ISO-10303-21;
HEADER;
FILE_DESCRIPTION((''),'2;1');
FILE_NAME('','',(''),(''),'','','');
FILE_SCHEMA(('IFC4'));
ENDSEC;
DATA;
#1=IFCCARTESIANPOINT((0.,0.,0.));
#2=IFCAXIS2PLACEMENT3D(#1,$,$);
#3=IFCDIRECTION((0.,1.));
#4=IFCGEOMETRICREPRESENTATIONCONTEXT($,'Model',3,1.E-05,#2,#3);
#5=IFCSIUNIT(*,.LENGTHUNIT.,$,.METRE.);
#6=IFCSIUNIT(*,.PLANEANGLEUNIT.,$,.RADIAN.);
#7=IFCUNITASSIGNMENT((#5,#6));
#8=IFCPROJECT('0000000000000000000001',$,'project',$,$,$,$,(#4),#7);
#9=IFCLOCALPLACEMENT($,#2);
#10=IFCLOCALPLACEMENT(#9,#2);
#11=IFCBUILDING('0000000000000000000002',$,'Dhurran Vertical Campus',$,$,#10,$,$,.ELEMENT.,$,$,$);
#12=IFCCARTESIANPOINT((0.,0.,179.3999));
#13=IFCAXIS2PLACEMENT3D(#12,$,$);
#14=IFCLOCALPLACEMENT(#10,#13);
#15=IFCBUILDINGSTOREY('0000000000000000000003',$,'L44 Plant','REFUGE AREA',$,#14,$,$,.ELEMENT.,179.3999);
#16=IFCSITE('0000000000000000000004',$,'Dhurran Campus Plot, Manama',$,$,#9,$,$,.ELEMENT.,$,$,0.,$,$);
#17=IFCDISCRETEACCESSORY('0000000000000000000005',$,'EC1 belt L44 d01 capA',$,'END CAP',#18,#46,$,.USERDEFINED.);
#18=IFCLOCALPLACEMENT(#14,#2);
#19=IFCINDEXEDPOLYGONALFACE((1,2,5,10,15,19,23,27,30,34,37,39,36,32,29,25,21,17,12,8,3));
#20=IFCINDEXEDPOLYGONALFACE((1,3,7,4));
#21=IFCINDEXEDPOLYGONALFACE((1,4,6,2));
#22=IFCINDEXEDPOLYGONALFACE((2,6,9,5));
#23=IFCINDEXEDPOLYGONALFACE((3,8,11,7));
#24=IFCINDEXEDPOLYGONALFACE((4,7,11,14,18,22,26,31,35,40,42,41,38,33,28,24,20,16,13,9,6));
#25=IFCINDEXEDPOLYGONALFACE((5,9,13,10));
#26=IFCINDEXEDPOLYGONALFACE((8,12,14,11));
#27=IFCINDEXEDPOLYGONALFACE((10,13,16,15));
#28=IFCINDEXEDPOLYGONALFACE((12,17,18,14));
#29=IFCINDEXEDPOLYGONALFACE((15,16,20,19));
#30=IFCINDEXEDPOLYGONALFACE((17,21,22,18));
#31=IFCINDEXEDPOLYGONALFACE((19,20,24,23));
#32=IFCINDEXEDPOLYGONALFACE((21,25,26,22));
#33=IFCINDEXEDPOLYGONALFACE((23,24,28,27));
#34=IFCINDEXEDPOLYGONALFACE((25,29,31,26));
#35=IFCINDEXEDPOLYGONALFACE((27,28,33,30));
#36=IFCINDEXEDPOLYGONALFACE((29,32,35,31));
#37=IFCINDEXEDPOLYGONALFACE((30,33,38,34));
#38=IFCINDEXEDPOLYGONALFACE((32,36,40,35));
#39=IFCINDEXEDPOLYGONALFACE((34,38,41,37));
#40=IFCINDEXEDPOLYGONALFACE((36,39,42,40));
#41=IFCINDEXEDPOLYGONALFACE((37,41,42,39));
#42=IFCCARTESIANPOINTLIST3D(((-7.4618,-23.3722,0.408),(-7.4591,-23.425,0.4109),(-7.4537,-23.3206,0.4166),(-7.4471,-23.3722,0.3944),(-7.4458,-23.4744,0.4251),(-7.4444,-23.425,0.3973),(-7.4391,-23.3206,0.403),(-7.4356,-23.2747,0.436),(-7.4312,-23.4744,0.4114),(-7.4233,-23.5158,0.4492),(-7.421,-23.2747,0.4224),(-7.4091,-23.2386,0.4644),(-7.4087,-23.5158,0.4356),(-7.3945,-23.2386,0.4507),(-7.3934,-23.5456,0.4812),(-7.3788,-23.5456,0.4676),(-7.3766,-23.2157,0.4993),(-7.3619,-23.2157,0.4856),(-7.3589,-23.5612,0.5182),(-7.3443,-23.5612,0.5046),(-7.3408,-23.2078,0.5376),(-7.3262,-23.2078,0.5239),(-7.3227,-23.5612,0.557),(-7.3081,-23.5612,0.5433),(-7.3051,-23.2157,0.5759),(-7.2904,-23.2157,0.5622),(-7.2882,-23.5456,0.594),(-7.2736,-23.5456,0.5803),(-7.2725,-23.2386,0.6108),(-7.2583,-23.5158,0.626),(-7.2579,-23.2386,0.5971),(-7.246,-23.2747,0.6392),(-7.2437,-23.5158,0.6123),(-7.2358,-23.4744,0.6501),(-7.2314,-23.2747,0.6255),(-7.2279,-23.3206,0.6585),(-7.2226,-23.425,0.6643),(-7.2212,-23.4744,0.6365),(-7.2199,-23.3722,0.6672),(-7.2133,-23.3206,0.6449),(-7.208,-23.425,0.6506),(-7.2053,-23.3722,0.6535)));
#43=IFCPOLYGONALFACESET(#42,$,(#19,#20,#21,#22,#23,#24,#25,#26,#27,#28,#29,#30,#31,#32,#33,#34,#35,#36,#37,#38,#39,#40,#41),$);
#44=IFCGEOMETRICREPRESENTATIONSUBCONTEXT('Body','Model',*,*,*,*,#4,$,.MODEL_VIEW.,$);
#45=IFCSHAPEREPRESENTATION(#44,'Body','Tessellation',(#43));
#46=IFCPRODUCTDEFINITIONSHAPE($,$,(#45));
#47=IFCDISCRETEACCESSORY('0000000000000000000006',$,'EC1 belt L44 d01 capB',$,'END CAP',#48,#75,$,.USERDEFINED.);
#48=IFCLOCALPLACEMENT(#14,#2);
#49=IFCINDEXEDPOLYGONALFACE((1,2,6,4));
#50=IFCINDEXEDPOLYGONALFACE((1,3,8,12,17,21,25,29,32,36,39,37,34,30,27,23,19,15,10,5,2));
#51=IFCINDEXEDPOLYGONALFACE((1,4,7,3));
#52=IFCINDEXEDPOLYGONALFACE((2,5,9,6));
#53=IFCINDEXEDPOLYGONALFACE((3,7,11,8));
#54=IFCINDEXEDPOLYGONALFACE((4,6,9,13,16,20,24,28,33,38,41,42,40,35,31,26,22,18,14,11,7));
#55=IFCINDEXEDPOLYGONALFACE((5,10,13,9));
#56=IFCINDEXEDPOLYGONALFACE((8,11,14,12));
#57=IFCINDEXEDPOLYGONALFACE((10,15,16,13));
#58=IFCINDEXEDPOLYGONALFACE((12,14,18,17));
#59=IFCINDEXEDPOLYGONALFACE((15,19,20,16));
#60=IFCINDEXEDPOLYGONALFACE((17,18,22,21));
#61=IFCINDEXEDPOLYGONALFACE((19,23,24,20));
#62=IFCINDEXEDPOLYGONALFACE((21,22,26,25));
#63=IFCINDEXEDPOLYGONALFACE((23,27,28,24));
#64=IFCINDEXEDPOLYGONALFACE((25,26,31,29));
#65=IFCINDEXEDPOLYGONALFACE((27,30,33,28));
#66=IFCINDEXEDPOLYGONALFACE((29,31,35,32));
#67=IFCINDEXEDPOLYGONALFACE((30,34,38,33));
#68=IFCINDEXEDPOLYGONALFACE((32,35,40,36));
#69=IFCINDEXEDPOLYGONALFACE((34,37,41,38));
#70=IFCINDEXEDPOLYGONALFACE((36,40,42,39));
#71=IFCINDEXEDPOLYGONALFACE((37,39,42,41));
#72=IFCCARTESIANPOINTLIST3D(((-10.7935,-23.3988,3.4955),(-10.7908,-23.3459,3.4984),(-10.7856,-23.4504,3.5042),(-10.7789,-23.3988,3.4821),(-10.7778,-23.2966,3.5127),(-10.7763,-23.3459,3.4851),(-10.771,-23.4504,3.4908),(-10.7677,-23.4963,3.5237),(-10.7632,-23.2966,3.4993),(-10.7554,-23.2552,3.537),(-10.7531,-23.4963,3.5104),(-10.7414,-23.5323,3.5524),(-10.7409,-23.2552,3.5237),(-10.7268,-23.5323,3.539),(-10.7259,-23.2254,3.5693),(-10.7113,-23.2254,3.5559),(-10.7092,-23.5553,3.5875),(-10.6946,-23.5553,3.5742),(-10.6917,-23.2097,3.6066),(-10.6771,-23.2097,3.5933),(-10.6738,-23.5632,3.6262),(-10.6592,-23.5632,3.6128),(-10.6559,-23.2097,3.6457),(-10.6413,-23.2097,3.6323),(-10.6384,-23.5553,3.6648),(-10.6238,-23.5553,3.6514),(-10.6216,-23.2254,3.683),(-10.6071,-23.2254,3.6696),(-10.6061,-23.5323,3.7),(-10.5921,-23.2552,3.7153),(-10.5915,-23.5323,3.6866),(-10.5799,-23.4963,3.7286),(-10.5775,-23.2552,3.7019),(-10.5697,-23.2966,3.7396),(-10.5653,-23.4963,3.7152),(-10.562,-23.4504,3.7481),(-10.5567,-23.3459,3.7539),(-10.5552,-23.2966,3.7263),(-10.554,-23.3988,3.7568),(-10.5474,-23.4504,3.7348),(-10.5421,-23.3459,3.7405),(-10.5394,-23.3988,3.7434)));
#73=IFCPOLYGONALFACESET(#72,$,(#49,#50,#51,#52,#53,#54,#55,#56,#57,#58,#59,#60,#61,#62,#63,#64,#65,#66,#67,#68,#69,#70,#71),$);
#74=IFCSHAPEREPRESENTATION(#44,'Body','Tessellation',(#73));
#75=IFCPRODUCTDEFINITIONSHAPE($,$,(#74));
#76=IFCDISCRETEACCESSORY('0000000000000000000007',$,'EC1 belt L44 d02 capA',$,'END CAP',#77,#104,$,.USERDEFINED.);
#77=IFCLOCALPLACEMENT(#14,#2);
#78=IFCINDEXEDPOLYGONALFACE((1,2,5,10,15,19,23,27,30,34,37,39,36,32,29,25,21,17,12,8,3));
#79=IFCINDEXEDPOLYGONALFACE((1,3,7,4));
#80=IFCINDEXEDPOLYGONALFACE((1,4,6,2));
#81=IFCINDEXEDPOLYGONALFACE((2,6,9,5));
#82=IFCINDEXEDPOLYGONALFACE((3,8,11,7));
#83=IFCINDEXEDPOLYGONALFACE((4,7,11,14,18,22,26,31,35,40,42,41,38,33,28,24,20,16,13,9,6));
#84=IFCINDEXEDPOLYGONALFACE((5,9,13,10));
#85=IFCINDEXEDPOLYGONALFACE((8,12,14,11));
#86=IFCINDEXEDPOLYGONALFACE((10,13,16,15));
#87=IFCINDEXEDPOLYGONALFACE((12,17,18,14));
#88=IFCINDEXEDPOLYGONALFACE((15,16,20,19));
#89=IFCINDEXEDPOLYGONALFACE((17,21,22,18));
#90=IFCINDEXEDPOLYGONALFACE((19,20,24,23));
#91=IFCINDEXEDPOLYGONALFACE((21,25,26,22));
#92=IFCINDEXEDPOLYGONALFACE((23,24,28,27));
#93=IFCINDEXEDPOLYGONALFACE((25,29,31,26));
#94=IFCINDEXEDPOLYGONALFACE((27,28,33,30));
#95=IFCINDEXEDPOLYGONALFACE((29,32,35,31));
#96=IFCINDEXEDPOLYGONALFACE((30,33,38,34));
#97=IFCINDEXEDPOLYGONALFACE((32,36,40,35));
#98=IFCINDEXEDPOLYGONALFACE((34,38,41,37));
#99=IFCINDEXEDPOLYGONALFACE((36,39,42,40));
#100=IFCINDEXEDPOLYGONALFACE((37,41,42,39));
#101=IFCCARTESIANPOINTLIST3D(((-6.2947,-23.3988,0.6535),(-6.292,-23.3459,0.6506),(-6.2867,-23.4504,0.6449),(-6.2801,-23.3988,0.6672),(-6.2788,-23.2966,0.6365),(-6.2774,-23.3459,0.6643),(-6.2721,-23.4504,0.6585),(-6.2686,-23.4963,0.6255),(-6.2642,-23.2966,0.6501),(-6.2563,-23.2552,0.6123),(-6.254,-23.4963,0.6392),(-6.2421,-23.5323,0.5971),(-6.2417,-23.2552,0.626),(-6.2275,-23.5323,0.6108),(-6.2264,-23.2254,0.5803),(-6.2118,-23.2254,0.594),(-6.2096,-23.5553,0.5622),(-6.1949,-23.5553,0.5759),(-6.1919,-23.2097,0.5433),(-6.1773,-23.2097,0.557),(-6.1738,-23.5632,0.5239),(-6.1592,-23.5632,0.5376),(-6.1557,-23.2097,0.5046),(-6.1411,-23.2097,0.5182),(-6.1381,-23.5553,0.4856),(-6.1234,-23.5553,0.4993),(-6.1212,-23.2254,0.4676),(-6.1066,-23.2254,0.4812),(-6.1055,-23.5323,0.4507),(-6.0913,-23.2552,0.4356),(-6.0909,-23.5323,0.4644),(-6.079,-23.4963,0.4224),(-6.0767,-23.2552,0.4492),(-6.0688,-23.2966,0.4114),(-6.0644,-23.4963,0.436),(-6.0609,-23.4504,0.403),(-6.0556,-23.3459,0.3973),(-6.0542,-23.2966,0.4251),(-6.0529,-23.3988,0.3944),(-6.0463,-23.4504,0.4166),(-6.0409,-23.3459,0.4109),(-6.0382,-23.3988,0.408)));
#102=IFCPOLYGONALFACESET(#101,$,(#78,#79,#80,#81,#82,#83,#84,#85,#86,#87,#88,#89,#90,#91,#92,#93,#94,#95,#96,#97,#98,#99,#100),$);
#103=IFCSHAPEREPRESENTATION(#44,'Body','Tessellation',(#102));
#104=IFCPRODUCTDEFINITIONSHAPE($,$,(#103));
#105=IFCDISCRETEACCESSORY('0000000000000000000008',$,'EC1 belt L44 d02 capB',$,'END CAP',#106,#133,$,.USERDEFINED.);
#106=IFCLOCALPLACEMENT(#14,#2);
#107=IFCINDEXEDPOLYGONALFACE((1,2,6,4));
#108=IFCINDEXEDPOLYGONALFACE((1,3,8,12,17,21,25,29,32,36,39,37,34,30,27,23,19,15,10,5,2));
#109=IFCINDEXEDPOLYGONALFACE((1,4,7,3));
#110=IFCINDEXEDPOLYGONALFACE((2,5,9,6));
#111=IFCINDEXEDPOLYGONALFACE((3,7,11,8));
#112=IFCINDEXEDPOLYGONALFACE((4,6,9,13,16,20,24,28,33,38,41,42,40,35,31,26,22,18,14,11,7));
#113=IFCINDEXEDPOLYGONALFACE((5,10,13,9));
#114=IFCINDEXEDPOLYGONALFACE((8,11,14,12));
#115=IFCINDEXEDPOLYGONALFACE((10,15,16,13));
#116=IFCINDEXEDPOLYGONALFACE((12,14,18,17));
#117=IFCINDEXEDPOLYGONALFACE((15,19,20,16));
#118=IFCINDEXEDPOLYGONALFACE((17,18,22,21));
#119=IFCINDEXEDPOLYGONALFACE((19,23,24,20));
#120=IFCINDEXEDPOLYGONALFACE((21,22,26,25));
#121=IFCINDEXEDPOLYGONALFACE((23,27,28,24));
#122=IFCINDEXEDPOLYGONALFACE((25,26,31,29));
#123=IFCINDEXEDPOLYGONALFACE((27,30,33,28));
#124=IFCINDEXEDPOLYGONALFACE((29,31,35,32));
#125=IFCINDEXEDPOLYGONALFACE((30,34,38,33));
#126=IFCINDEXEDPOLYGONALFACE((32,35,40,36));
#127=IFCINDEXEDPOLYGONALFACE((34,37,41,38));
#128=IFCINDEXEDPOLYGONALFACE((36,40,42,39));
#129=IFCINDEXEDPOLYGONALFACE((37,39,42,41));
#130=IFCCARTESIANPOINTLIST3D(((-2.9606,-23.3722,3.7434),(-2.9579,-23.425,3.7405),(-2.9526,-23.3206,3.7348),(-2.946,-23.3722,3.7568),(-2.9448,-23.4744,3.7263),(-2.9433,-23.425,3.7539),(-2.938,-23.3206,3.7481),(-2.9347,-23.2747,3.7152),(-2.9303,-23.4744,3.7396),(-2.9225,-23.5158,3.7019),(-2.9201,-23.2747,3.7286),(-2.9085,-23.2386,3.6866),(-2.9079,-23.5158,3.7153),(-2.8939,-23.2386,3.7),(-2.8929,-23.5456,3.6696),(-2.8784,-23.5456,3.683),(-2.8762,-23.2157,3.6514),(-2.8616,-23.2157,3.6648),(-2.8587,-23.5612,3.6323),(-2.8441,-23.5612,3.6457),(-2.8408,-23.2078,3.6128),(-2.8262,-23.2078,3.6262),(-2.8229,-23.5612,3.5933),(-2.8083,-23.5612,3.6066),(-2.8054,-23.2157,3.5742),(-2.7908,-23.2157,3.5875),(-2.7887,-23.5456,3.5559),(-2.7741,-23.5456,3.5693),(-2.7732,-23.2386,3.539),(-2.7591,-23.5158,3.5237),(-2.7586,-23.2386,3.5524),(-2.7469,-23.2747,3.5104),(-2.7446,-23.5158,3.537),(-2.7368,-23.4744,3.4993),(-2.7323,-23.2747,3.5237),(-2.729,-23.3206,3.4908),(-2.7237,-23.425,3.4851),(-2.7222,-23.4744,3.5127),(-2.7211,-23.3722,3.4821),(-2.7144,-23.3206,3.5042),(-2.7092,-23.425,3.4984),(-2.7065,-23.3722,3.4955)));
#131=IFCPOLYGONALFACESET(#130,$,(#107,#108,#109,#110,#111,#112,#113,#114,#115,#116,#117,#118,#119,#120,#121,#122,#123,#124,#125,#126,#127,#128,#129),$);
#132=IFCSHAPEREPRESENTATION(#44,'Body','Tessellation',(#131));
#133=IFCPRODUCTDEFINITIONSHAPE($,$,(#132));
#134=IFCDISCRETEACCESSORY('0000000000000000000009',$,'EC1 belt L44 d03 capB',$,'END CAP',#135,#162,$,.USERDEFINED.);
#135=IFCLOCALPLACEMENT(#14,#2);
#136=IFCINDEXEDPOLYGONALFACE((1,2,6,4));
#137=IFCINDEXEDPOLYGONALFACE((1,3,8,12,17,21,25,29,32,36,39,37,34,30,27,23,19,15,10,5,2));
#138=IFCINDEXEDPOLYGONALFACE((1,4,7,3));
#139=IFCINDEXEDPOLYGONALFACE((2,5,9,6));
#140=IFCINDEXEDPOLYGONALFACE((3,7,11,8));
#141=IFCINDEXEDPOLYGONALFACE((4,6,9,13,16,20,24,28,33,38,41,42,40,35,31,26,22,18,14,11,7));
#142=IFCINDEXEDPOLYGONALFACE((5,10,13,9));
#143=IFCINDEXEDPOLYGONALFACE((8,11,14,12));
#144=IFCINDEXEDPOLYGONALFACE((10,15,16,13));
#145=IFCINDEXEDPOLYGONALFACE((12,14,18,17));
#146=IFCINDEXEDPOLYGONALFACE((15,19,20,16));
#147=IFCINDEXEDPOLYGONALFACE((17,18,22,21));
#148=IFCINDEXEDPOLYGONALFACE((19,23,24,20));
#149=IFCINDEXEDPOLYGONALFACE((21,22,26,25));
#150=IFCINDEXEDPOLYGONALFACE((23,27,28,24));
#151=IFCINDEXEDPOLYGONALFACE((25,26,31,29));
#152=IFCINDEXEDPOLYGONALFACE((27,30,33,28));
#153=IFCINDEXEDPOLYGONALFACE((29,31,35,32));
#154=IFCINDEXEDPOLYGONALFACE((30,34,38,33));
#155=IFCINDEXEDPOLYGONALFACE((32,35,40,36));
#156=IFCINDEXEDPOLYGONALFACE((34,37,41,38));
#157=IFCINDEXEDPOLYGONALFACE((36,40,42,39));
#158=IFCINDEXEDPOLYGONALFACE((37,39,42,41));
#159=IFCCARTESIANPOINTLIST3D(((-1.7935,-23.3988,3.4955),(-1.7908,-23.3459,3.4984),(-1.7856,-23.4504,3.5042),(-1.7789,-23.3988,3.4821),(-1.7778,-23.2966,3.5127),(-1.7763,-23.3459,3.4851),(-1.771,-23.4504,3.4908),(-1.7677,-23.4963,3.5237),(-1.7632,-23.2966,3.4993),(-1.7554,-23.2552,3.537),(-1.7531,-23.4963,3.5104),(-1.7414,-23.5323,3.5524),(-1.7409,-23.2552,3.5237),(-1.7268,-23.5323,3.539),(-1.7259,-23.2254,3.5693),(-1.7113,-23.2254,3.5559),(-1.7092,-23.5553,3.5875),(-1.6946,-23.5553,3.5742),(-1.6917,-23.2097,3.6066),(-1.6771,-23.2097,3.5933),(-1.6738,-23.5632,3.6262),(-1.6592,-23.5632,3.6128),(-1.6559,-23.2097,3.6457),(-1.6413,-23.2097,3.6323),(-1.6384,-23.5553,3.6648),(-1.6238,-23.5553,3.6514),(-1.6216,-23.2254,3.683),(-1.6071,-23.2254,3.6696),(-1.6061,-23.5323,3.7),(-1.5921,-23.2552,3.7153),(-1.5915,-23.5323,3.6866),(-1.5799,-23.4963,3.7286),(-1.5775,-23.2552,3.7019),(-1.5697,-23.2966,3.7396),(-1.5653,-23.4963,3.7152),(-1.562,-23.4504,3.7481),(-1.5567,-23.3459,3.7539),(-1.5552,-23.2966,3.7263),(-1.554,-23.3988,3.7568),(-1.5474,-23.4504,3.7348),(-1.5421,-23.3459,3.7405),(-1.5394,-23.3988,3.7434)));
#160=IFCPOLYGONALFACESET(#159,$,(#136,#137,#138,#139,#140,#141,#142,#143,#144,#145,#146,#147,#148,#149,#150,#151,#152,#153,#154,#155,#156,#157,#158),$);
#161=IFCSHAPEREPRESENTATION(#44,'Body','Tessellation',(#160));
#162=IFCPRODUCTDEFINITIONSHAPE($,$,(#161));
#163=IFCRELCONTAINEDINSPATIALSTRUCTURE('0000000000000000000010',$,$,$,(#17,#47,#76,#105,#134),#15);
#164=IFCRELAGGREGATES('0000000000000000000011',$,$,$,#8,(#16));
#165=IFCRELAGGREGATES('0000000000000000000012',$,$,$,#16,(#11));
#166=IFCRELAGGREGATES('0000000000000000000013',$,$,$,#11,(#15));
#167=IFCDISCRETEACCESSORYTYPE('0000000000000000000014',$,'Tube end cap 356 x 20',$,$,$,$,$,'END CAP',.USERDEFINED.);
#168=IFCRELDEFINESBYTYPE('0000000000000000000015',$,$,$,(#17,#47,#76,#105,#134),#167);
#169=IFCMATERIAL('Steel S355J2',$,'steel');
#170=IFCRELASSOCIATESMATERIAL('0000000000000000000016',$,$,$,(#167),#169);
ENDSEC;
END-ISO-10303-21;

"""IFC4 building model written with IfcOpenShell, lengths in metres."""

from ifc_helpers import new_model, si_unit, direction, frame, origin, origin_2d, place, context, subcontext, project, spatial, circle, extrude, material, material_profile, profile_set, type_object, element, save


model = new_model("IFC4")

# Units and contexts
model_context = context("Model", 3, precision=1e-05, world=origin(), true_north=direction((0.0, 1.0)))
body_context = subcontext(model_context, "Body", "Model", "MODEL_VIEW")
ifc_project = project(units=[si_unit("LENGTHUNIT", "METRE"), si_unit("PLANEANGLEUNIT", "RADIAN")], contexts=[model_context])

# Site, building, storey
site_placement = place(None, origin())
site = spatial("IfcSite", under=ifc_project, at=site_placement, Name="Dhurran Campus Plot, Manama", CompositionType="ELEMENT", RefElevation=0.0)
building_placement = place(site_placement, origin())
building = spatial("IfcBuilding", under=site, at=building_placement, Name="Dhurran Vertical Campus", CompositionType="ELEMENT")
storey_placement = place(building_placement, frame((0.0, 0.0, 179.3999)))
storey = spatial("IfcBuildingStorey", under=building, at=storey_placement, Name="L44 Plant", Description="REFUGE AREA", CompositionType="ELEMENT", Elevation=179.3999)

# Discrete accessories
ifc_material_1 = material(Name="Steel S355J2", Category="steel")
ifc_material_profile_1 = material_profile(ifc_material_1, circle(Radius=0.1777, at=origin_2d()), Name="Tube end cap 356 x 20")
ifc_profile_set_1 = profile_set([ifc_material_profile_1], Name="Steel S355J2")
discrete_accessory_type = type_object("IfcDiscreteAccessoryType", Name="Tube end cap 356 x 20", ElementType="END CAP", PredefinedType="USERDEFINED", material=ifc_profile_set_1)
discrete_accessory_1_placement = place(storey_placement, frame((-7.3408, -23.3855, 0.5376), z_axis=(0.731055, 0.0, -0.682318), x_axis=(0.0, 1.0, 0.0)))
element("IfcDiscreteAccessory", 1, at=discrete_accessory_1_placement, inside=storey, type_object=discrete_accessory_type, Name="EC1 belt L44 d01 capA", ObjectType="END CAP", PredefinedType="USERDEFINED", context=body_context, shape_type="SweptSolid", body=[
    extrude(circle(Radius=0.1777, at=origin_2d()), origin(), (0.0, 0.0, 1.0), 0.02),
])
discrete_accessory_2_placement = place(storey_placement, frame((-10.6592, -23.3855, 3.6128), z_axis=(-0.737154, 0.0, 0.675725), x_axis=(0.0, -1.0, 0.0)))
element("IfcDiscreteAccessory", 2, at=discrete_accessory_2_placement, inside=storey, type_object=discrete_accessory_type, Name="EC1 belt L44 d01 capB", ObjectType="END CAP", PredefinedType="USERDEFINED", context=body_context, shape_type="SweptSolid", body=[
    extrude(circle(Radius=0.1777, at=origin_2d()), origin(), (0.0, 0.0, 1.0), 0.0198),
])
discrete_accessory_3_placement = place(storey_placement, frame((-6.1592, -23.3855, 0.5376), z_axis=(-0.731055, 0.0, -0.682318), x_axis=(0.0, -1.0, 0.0)))
element("IfcDiscreteAccessory", 3, at=discrete_accessory_3_placement, inside=storey, type_object=discrete_accessory_type, Name="EC1 belt L44 d02 capA", ObjectType="END CAP", PredefinedType="USERDEFINED", context=body_context, shape_type="SweptSolid", body=[
    extrude(circle(Radius=0.1777, at=origin_2d()), origin(), (0.0, 0.0, 1.0), 0.02),
])
for number, where, z_axis, x_axis, name in (
    (4, (-2.8408, -23.3855, 3.6128), (0.737154, 0.0, 0.675725), (0.0, 1.0, 0.0), "EC1 belt L44 d02 capB"),
    (5, (-1.6592, -23.3855, 3.6128), (-0.737154, 0.0, 0.675725), (0.0, -1.0, 0.0), "EC1 belt L44 d03 capB"),
):
    element("IfcDiscreteAccessory", number, at=place(storey_placement, frame(where, z_axis=z_axis, x_axis=x_axis)), inside=storey, type_object=discrete_accessory_type, Name=name, ObjectType="END CAP", PredefinedType="USERDEFINED", context=body_context, shape_type="SweptSolid", body=[
        extrude(circle(Radius=0.1777, at=origin_2d()), origin(), (0.0, 0.0, 1.0), 0.0198),
    ])

save(model, "model.ifc")
